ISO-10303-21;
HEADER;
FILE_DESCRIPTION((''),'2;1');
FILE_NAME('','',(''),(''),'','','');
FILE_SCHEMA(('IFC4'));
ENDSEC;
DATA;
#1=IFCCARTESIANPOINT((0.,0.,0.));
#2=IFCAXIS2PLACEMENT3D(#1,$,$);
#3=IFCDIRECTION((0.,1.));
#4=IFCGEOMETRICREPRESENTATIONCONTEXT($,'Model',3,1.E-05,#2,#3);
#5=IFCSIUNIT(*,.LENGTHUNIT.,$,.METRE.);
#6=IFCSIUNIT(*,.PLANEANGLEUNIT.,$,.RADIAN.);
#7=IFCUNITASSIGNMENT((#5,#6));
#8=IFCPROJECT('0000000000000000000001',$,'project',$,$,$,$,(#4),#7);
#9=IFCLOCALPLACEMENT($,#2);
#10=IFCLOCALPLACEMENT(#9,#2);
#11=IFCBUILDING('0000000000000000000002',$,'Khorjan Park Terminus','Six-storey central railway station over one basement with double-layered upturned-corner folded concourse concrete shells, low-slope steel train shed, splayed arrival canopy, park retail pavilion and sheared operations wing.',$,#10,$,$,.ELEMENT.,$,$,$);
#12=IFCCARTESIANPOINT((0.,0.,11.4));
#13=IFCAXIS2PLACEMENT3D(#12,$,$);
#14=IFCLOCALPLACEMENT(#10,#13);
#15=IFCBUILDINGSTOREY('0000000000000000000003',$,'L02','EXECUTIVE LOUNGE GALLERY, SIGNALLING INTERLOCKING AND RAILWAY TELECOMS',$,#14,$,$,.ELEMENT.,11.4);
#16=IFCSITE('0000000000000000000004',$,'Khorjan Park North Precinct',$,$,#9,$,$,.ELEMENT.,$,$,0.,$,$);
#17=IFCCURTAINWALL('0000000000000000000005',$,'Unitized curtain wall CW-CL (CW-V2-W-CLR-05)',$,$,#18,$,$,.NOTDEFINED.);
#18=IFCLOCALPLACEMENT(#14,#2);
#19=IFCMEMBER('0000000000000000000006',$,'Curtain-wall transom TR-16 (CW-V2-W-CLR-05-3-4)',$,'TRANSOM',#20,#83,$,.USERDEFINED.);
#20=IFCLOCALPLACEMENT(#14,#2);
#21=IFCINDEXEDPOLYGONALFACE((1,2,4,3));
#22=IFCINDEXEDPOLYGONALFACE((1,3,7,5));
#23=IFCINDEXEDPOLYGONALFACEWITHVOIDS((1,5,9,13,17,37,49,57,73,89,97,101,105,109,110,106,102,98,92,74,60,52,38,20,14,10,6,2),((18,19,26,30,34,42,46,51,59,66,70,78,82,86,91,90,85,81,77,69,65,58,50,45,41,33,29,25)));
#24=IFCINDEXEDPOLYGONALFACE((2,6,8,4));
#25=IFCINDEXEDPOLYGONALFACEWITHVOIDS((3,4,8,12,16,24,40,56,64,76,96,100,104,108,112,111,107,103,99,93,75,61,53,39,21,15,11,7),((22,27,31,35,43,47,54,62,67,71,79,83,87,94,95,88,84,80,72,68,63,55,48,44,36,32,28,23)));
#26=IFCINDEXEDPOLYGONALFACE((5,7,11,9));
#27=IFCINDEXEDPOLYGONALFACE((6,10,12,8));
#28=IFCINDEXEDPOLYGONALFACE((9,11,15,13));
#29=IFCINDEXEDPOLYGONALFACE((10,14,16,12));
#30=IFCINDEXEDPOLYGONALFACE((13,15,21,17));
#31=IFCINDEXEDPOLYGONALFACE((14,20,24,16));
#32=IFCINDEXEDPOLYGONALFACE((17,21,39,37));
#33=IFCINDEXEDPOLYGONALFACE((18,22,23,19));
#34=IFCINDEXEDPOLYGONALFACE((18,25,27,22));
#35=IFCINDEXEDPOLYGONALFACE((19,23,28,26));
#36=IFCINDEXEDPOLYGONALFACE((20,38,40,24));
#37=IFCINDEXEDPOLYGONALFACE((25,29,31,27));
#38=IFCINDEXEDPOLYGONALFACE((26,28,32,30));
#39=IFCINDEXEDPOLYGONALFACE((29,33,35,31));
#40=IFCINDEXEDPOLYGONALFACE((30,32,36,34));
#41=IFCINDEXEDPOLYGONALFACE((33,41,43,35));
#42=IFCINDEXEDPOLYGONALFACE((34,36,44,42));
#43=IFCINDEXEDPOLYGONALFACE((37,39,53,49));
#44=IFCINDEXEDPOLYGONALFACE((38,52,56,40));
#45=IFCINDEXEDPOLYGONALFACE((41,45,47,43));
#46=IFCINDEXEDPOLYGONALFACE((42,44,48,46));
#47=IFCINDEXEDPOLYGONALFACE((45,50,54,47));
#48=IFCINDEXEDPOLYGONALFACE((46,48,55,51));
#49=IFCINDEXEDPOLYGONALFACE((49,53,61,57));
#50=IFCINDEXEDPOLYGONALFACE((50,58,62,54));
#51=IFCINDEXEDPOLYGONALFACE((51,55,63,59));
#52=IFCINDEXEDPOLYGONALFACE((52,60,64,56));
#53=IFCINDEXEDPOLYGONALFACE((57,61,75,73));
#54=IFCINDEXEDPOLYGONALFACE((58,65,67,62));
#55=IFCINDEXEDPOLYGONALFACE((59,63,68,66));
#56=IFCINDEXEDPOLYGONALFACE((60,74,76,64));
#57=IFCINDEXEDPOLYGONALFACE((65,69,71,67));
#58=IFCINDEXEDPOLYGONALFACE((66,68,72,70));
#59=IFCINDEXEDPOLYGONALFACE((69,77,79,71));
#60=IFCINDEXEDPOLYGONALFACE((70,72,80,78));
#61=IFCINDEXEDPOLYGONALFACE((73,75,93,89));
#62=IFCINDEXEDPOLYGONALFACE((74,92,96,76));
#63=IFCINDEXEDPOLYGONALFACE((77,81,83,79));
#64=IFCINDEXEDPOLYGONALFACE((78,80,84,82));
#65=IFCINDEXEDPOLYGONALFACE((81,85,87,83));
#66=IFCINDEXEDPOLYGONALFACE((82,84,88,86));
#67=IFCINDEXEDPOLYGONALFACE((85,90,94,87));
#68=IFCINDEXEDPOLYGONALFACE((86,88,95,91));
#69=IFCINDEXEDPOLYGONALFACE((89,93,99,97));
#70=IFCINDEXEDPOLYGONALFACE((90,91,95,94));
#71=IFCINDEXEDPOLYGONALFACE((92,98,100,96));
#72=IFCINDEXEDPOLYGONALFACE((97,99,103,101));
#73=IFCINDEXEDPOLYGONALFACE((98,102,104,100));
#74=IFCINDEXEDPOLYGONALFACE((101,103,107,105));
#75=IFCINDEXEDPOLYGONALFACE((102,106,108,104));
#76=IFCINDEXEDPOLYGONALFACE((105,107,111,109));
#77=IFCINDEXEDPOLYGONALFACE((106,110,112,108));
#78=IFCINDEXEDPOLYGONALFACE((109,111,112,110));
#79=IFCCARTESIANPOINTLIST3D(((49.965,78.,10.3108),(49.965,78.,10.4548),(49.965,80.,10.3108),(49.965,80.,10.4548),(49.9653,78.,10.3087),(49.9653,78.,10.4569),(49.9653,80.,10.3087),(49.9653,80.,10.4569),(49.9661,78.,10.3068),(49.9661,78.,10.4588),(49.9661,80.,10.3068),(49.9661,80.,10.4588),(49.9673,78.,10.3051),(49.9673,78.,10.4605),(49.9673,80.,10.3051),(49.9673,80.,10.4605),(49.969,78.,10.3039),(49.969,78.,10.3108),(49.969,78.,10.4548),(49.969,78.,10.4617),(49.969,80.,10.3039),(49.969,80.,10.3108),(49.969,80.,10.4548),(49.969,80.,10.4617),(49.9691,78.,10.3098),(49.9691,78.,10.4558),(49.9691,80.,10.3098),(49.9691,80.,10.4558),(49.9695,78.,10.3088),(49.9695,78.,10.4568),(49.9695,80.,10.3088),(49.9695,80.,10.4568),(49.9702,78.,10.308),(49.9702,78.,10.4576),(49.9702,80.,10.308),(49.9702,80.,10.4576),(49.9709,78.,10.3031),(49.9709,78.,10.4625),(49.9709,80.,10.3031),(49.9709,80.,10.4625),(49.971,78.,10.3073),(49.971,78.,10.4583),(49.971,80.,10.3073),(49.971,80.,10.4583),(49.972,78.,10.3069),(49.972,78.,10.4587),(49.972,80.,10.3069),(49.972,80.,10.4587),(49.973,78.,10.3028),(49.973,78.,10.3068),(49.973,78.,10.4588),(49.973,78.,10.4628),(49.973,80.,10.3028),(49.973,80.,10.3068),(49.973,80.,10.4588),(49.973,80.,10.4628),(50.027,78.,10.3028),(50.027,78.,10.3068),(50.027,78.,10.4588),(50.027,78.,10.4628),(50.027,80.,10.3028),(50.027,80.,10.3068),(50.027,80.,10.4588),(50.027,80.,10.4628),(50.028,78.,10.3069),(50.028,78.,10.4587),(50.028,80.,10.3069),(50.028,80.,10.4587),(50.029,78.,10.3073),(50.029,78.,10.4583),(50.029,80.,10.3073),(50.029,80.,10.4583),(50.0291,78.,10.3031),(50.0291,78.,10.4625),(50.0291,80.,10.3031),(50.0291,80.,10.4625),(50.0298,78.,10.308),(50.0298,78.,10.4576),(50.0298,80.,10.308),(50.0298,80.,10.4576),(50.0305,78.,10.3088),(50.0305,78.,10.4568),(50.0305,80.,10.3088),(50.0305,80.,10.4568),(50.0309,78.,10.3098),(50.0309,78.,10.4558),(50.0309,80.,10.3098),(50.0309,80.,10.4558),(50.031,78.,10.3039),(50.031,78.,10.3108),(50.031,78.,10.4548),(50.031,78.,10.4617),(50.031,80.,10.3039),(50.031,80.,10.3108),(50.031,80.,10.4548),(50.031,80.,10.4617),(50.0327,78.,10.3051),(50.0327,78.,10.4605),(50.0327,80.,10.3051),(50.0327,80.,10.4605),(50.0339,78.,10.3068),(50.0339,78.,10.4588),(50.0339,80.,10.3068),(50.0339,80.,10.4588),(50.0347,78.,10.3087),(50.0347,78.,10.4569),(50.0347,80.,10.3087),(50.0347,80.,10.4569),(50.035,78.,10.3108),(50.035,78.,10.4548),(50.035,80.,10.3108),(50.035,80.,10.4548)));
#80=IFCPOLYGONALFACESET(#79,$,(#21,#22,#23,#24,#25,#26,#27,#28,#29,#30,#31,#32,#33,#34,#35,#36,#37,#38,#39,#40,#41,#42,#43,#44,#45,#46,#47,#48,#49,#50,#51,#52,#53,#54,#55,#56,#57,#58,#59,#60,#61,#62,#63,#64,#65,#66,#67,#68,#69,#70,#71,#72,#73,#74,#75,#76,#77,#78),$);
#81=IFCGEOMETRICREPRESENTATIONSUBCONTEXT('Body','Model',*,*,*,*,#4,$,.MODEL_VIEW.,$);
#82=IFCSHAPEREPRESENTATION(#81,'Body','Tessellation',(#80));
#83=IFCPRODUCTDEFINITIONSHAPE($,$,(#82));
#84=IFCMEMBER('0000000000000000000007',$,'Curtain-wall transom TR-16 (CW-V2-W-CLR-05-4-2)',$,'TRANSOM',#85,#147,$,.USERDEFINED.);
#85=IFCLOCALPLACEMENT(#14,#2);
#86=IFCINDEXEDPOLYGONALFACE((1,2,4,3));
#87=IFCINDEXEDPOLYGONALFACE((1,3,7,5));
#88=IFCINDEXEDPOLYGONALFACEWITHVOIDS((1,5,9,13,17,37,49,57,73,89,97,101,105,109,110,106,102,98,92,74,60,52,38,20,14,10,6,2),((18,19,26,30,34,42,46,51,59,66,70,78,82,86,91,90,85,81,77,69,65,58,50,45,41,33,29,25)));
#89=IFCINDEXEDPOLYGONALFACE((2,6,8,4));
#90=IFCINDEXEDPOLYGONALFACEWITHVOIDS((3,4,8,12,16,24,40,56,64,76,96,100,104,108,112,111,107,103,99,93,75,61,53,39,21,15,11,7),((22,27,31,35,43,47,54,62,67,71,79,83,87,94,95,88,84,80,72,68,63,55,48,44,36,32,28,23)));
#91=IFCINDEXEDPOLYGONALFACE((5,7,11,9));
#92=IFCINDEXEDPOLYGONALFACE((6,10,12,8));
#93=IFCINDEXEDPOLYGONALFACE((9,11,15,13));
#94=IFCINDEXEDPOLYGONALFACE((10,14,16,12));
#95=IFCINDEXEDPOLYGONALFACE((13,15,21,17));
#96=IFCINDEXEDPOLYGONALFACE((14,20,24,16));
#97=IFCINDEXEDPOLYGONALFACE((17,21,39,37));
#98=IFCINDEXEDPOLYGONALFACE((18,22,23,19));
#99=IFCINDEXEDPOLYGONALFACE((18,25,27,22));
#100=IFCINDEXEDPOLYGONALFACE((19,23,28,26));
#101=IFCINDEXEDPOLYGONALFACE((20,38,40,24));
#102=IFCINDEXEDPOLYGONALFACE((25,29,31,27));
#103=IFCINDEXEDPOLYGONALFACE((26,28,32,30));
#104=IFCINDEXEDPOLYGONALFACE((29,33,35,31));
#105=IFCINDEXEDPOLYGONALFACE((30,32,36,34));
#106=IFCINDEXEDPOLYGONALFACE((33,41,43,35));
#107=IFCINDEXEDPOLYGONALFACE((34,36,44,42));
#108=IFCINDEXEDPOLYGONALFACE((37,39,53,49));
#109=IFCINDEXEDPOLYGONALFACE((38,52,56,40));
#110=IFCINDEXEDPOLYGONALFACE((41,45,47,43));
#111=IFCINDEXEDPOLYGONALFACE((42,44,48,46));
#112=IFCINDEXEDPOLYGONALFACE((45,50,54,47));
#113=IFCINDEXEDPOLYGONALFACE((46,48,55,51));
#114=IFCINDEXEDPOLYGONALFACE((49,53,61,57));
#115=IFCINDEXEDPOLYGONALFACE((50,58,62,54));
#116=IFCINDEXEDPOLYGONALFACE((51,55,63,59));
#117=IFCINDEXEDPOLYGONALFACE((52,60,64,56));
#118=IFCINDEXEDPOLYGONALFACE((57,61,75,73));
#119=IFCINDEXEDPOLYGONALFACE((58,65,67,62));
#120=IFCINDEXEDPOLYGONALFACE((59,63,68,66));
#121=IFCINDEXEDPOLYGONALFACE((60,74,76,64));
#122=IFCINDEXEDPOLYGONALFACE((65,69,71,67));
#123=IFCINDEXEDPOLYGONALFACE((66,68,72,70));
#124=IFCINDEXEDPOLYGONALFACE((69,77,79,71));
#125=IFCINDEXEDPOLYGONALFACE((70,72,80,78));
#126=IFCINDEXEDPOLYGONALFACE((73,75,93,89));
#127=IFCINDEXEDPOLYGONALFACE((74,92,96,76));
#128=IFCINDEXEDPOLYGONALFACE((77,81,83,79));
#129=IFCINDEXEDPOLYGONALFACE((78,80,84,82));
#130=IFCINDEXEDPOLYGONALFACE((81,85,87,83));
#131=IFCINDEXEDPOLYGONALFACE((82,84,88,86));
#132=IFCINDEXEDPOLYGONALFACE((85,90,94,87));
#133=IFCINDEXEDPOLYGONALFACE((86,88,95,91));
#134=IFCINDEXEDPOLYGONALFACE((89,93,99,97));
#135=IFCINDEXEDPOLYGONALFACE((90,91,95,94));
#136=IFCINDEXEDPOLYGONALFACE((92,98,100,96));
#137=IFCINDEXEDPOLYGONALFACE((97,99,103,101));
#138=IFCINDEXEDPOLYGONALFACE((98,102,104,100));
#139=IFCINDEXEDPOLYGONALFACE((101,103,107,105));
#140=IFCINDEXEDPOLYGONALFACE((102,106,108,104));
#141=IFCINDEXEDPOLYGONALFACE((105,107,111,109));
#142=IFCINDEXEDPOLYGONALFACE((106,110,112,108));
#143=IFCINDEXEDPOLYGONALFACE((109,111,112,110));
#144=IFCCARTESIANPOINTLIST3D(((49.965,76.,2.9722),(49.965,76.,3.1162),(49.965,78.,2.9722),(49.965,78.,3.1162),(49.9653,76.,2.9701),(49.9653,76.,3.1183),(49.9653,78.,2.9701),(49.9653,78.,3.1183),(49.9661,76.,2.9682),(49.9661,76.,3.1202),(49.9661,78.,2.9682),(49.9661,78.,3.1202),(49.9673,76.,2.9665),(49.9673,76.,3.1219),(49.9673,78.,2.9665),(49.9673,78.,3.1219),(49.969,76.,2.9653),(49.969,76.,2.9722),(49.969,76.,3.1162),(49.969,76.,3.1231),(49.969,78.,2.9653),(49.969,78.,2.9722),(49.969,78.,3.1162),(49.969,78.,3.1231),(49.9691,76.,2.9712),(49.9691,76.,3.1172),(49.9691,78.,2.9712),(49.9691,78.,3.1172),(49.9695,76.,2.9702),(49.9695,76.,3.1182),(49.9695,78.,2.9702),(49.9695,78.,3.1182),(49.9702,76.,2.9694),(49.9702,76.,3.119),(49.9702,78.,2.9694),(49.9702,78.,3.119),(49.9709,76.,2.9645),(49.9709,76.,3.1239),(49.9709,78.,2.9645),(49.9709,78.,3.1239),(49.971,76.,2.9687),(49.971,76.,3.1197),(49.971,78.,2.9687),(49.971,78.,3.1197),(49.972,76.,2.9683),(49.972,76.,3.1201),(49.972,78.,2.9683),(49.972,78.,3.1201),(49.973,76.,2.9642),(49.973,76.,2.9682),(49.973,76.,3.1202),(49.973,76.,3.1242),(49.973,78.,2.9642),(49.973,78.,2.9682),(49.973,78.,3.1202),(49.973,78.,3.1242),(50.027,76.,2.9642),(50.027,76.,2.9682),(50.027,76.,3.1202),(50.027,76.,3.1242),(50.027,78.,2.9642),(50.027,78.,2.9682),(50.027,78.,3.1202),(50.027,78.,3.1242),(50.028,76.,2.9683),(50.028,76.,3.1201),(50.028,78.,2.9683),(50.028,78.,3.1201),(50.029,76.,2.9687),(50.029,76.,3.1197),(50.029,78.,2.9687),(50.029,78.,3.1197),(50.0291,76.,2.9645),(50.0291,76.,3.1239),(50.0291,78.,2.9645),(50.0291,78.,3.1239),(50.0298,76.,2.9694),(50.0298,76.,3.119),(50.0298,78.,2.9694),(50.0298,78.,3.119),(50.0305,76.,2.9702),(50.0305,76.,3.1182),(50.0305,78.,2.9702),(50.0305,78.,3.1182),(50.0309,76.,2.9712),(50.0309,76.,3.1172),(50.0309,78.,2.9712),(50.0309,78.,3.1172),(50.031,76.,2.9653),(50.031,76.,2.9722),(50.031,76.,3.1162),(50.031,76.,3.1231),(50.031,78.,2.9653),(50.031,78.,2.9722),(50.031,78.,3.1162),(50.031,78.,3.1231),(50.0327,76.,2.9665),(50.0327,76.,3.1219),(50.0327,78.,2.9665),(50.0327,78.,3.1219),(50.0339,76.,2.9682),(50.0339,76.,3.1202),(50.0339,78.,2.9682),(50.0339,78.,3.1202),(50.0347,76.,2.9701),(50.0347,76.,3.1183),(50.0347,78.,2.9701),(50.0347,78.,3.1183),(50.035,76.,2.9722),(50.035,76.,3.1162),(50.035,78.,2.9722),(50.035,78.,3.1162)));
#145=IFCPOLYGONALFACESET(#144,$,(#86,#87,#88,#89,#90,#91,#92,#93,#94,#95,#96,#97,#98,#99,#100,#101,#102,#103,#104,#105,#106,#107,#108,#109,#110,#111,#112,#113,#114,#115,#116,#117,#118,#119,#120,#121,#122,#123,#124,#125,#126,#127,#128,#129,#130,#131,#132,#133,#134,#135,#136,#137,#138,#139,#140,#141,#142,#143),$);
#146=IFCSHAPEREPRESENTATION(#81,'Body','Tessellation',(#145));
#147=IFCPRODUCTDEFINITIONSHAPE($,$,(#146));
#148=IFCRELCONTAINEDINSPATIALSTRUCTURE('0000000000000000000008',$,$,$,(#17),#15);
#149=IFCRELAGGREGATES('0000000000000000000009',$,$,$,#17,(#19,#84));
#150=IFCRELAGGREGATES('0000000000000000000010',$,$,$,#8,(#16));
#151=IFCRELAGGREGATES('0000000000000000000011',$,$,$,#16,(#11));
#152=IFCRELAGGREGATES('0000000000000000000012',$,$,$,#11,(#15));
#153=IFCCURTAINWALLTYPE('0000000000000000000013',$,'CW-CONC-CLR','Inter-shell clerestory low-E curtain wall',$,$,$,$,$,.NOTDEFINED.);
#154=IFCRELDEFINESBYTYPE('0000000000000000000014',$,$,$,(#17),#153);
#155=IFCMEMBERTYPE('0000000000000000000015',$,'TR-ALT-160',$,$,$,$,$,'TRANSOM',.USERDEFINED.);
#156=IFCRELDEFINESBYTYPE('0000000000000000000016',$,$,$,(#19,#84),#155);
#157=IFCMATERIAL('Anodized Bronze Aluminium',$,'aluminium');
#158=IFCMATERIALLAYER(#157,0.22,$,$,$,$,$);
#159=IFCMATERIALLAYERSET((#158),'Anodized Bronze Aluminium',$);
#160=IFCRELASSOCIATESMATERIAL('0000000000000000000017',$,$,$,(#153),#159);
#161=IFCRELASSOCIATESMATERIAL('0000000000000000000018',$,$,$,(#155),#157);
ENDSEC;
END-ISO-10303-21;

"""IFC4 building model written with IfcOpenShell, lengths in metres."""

from ifc_helpers import new_model, si_unit, direction, frame, origin, origin_2d, place, context, subcontext, project, spatial, hollow_rectangle, extrude, material, layer, layer_set, material_profile, profile_set, type_object, element, aggregate, save


model = new_model("IFC4")

# Units and contexts
model_context = context("Model", 3, precision=1e-05, world=origin(), true_north=direction((0.0, 1.0)))
body_context = subcontext(model_context, "Body", "Model", "MODEL_VIEW")
ifc_project = project(units=[si_unit("LENGTHUNIT", "METRE"), si_unit("PLANEANGLEUNIT", "RADIAN")], contexts=[model_context])

# Site, building, storey
site_placement = place(None, origin())
site = spatial("IfcSite", under=ifc_project, at=site_placement, Name="Khorjan Park North Precinct", CompositionType="ELEMENT", RefElevation=0.0)
building_placement = place(site_placement, origin())
building = spatial("IfcBuilding", under=site, at=building_placement, Name="Khorjan Park Terminus", Description="Six-storey central railway station over one basement with double-layered upturned-corner folded concourse concrete shells, low-slope steel train shed, splayed arrival canopy, park retail pavilion and sheared operations wing.", CompositionType="ELEMENT")
storey_placement = place(building_placement, frame((0.0, 0.0, 11.4)))
storey = spatial("IfcBuildingStorey", under=building, at=storey_placement, Name="L02", Description="EXECUTIVE LOUNGE GALLERY, SIGNALLING INTERLOCKING AND RAILWAY TELECOMS", CompositionType="ELEMENT", Elevation=11.4)

# Curtain wall, members
ifc_material_1 = material(Name="Anodized Bronze Aluminium", Category="aluminium")
ifc_layer_1 = layer(ifc_material_1, 0.22)
ifc_layer_set_1 = layer_set([ifc_layer_1], Name="Anodized Bronze Aluminium")
curtain_wall_type = type_object("IfcCurtainWallType", Name="CW-CONC-CLR", Description="Inter-shell clerestory low-E curtain wall", PredefinedType="NOTDEFINED", material=ifc_layer_set_1)
curtain_wall_placement = place(storey_placement, origin())
curtain_wall = element("IfcCurtainWall", 1, at=curtain_wall_placement, inside=storey, type_object=curtain_wall_type, Name="Unitized curtain wall CW-CL (CW-V2-W-CLR-05)", PredefinedType="NOTDEFINED")
ifc_material_profile_1 = material_profile(ifc_material_1, hollow_rectangle(XDim=0.07, YDim=0.16, WallThickness=0.004, InnerFilletRadius=0.004, OuterFilletRadius=0.008, at=origin_2d()), Name="ALT 70x160x4")
ifc_profile_set_1 = profile_set([ifc_material_profile_1], Name="Anodized Bronze Aluminium")
member_type_1 = type_object("IfcMemberType", Name="TR-ALT-160", ElementType="TRANSOM", PredefinedType="USERDEFINED", material=ifc_profile_set_1)
member_1_placement = place(storey_placement, frame((50.0, 80.0, 10.3828), z_axis=(0.0, -1.0, 0.0), x_axis=(1.0, 0.0, 0.0)))
member_1 = element("IfcMember", 2, at=member_1_placement, type_object=member_type_1, Name="Curtain-wall transom TR-16 (CW-V2-W-CLR-05-3-4)", ObjectType="TRANSOM", PredefinedType="USERDEFINED", context=body_context, shape_type="SweptSolid", body=[
    extrude(hollow_rectangle(XDim=0.07, YDim=0.16, WallThickness=0.004, InnerFilletRadius=0.004, OuterFilletRadius=0.008, at=origin_2d()), origin(), (0.0, 0.0, 1.0), 2.0),
])
member_2_placement = place(storey_placement, frame((50.0, 78.0, 3.0442), z_axis=(0.0, -1.0, 0.0), x_axis=(1.0, 0.0, 0.0)))
member_2 = element("IfcMember", 3, at=member_2_placement, type_object=member_type_1, Name="Curtain-wall transom TR-16 (CW-V2-W-CLR-05-4-2)", ObjectType="TRANSOM", PredefinedType="USERDEFINED", context=body_context, shape_type="SweptSolid", body=[
    extrude(hollow_rectangle(XDim=0.07, YDim=0.16, WallThickness=0.004, InnerFilletRadius=0.004, OuterFilletRadius=0.008, at=origin_2d()), origin(), (0.0, 0.0, 1.0), 2.0),
])
aggregate(curtain_wall, [member_1, member_2])

save(model, "model.ifc")
